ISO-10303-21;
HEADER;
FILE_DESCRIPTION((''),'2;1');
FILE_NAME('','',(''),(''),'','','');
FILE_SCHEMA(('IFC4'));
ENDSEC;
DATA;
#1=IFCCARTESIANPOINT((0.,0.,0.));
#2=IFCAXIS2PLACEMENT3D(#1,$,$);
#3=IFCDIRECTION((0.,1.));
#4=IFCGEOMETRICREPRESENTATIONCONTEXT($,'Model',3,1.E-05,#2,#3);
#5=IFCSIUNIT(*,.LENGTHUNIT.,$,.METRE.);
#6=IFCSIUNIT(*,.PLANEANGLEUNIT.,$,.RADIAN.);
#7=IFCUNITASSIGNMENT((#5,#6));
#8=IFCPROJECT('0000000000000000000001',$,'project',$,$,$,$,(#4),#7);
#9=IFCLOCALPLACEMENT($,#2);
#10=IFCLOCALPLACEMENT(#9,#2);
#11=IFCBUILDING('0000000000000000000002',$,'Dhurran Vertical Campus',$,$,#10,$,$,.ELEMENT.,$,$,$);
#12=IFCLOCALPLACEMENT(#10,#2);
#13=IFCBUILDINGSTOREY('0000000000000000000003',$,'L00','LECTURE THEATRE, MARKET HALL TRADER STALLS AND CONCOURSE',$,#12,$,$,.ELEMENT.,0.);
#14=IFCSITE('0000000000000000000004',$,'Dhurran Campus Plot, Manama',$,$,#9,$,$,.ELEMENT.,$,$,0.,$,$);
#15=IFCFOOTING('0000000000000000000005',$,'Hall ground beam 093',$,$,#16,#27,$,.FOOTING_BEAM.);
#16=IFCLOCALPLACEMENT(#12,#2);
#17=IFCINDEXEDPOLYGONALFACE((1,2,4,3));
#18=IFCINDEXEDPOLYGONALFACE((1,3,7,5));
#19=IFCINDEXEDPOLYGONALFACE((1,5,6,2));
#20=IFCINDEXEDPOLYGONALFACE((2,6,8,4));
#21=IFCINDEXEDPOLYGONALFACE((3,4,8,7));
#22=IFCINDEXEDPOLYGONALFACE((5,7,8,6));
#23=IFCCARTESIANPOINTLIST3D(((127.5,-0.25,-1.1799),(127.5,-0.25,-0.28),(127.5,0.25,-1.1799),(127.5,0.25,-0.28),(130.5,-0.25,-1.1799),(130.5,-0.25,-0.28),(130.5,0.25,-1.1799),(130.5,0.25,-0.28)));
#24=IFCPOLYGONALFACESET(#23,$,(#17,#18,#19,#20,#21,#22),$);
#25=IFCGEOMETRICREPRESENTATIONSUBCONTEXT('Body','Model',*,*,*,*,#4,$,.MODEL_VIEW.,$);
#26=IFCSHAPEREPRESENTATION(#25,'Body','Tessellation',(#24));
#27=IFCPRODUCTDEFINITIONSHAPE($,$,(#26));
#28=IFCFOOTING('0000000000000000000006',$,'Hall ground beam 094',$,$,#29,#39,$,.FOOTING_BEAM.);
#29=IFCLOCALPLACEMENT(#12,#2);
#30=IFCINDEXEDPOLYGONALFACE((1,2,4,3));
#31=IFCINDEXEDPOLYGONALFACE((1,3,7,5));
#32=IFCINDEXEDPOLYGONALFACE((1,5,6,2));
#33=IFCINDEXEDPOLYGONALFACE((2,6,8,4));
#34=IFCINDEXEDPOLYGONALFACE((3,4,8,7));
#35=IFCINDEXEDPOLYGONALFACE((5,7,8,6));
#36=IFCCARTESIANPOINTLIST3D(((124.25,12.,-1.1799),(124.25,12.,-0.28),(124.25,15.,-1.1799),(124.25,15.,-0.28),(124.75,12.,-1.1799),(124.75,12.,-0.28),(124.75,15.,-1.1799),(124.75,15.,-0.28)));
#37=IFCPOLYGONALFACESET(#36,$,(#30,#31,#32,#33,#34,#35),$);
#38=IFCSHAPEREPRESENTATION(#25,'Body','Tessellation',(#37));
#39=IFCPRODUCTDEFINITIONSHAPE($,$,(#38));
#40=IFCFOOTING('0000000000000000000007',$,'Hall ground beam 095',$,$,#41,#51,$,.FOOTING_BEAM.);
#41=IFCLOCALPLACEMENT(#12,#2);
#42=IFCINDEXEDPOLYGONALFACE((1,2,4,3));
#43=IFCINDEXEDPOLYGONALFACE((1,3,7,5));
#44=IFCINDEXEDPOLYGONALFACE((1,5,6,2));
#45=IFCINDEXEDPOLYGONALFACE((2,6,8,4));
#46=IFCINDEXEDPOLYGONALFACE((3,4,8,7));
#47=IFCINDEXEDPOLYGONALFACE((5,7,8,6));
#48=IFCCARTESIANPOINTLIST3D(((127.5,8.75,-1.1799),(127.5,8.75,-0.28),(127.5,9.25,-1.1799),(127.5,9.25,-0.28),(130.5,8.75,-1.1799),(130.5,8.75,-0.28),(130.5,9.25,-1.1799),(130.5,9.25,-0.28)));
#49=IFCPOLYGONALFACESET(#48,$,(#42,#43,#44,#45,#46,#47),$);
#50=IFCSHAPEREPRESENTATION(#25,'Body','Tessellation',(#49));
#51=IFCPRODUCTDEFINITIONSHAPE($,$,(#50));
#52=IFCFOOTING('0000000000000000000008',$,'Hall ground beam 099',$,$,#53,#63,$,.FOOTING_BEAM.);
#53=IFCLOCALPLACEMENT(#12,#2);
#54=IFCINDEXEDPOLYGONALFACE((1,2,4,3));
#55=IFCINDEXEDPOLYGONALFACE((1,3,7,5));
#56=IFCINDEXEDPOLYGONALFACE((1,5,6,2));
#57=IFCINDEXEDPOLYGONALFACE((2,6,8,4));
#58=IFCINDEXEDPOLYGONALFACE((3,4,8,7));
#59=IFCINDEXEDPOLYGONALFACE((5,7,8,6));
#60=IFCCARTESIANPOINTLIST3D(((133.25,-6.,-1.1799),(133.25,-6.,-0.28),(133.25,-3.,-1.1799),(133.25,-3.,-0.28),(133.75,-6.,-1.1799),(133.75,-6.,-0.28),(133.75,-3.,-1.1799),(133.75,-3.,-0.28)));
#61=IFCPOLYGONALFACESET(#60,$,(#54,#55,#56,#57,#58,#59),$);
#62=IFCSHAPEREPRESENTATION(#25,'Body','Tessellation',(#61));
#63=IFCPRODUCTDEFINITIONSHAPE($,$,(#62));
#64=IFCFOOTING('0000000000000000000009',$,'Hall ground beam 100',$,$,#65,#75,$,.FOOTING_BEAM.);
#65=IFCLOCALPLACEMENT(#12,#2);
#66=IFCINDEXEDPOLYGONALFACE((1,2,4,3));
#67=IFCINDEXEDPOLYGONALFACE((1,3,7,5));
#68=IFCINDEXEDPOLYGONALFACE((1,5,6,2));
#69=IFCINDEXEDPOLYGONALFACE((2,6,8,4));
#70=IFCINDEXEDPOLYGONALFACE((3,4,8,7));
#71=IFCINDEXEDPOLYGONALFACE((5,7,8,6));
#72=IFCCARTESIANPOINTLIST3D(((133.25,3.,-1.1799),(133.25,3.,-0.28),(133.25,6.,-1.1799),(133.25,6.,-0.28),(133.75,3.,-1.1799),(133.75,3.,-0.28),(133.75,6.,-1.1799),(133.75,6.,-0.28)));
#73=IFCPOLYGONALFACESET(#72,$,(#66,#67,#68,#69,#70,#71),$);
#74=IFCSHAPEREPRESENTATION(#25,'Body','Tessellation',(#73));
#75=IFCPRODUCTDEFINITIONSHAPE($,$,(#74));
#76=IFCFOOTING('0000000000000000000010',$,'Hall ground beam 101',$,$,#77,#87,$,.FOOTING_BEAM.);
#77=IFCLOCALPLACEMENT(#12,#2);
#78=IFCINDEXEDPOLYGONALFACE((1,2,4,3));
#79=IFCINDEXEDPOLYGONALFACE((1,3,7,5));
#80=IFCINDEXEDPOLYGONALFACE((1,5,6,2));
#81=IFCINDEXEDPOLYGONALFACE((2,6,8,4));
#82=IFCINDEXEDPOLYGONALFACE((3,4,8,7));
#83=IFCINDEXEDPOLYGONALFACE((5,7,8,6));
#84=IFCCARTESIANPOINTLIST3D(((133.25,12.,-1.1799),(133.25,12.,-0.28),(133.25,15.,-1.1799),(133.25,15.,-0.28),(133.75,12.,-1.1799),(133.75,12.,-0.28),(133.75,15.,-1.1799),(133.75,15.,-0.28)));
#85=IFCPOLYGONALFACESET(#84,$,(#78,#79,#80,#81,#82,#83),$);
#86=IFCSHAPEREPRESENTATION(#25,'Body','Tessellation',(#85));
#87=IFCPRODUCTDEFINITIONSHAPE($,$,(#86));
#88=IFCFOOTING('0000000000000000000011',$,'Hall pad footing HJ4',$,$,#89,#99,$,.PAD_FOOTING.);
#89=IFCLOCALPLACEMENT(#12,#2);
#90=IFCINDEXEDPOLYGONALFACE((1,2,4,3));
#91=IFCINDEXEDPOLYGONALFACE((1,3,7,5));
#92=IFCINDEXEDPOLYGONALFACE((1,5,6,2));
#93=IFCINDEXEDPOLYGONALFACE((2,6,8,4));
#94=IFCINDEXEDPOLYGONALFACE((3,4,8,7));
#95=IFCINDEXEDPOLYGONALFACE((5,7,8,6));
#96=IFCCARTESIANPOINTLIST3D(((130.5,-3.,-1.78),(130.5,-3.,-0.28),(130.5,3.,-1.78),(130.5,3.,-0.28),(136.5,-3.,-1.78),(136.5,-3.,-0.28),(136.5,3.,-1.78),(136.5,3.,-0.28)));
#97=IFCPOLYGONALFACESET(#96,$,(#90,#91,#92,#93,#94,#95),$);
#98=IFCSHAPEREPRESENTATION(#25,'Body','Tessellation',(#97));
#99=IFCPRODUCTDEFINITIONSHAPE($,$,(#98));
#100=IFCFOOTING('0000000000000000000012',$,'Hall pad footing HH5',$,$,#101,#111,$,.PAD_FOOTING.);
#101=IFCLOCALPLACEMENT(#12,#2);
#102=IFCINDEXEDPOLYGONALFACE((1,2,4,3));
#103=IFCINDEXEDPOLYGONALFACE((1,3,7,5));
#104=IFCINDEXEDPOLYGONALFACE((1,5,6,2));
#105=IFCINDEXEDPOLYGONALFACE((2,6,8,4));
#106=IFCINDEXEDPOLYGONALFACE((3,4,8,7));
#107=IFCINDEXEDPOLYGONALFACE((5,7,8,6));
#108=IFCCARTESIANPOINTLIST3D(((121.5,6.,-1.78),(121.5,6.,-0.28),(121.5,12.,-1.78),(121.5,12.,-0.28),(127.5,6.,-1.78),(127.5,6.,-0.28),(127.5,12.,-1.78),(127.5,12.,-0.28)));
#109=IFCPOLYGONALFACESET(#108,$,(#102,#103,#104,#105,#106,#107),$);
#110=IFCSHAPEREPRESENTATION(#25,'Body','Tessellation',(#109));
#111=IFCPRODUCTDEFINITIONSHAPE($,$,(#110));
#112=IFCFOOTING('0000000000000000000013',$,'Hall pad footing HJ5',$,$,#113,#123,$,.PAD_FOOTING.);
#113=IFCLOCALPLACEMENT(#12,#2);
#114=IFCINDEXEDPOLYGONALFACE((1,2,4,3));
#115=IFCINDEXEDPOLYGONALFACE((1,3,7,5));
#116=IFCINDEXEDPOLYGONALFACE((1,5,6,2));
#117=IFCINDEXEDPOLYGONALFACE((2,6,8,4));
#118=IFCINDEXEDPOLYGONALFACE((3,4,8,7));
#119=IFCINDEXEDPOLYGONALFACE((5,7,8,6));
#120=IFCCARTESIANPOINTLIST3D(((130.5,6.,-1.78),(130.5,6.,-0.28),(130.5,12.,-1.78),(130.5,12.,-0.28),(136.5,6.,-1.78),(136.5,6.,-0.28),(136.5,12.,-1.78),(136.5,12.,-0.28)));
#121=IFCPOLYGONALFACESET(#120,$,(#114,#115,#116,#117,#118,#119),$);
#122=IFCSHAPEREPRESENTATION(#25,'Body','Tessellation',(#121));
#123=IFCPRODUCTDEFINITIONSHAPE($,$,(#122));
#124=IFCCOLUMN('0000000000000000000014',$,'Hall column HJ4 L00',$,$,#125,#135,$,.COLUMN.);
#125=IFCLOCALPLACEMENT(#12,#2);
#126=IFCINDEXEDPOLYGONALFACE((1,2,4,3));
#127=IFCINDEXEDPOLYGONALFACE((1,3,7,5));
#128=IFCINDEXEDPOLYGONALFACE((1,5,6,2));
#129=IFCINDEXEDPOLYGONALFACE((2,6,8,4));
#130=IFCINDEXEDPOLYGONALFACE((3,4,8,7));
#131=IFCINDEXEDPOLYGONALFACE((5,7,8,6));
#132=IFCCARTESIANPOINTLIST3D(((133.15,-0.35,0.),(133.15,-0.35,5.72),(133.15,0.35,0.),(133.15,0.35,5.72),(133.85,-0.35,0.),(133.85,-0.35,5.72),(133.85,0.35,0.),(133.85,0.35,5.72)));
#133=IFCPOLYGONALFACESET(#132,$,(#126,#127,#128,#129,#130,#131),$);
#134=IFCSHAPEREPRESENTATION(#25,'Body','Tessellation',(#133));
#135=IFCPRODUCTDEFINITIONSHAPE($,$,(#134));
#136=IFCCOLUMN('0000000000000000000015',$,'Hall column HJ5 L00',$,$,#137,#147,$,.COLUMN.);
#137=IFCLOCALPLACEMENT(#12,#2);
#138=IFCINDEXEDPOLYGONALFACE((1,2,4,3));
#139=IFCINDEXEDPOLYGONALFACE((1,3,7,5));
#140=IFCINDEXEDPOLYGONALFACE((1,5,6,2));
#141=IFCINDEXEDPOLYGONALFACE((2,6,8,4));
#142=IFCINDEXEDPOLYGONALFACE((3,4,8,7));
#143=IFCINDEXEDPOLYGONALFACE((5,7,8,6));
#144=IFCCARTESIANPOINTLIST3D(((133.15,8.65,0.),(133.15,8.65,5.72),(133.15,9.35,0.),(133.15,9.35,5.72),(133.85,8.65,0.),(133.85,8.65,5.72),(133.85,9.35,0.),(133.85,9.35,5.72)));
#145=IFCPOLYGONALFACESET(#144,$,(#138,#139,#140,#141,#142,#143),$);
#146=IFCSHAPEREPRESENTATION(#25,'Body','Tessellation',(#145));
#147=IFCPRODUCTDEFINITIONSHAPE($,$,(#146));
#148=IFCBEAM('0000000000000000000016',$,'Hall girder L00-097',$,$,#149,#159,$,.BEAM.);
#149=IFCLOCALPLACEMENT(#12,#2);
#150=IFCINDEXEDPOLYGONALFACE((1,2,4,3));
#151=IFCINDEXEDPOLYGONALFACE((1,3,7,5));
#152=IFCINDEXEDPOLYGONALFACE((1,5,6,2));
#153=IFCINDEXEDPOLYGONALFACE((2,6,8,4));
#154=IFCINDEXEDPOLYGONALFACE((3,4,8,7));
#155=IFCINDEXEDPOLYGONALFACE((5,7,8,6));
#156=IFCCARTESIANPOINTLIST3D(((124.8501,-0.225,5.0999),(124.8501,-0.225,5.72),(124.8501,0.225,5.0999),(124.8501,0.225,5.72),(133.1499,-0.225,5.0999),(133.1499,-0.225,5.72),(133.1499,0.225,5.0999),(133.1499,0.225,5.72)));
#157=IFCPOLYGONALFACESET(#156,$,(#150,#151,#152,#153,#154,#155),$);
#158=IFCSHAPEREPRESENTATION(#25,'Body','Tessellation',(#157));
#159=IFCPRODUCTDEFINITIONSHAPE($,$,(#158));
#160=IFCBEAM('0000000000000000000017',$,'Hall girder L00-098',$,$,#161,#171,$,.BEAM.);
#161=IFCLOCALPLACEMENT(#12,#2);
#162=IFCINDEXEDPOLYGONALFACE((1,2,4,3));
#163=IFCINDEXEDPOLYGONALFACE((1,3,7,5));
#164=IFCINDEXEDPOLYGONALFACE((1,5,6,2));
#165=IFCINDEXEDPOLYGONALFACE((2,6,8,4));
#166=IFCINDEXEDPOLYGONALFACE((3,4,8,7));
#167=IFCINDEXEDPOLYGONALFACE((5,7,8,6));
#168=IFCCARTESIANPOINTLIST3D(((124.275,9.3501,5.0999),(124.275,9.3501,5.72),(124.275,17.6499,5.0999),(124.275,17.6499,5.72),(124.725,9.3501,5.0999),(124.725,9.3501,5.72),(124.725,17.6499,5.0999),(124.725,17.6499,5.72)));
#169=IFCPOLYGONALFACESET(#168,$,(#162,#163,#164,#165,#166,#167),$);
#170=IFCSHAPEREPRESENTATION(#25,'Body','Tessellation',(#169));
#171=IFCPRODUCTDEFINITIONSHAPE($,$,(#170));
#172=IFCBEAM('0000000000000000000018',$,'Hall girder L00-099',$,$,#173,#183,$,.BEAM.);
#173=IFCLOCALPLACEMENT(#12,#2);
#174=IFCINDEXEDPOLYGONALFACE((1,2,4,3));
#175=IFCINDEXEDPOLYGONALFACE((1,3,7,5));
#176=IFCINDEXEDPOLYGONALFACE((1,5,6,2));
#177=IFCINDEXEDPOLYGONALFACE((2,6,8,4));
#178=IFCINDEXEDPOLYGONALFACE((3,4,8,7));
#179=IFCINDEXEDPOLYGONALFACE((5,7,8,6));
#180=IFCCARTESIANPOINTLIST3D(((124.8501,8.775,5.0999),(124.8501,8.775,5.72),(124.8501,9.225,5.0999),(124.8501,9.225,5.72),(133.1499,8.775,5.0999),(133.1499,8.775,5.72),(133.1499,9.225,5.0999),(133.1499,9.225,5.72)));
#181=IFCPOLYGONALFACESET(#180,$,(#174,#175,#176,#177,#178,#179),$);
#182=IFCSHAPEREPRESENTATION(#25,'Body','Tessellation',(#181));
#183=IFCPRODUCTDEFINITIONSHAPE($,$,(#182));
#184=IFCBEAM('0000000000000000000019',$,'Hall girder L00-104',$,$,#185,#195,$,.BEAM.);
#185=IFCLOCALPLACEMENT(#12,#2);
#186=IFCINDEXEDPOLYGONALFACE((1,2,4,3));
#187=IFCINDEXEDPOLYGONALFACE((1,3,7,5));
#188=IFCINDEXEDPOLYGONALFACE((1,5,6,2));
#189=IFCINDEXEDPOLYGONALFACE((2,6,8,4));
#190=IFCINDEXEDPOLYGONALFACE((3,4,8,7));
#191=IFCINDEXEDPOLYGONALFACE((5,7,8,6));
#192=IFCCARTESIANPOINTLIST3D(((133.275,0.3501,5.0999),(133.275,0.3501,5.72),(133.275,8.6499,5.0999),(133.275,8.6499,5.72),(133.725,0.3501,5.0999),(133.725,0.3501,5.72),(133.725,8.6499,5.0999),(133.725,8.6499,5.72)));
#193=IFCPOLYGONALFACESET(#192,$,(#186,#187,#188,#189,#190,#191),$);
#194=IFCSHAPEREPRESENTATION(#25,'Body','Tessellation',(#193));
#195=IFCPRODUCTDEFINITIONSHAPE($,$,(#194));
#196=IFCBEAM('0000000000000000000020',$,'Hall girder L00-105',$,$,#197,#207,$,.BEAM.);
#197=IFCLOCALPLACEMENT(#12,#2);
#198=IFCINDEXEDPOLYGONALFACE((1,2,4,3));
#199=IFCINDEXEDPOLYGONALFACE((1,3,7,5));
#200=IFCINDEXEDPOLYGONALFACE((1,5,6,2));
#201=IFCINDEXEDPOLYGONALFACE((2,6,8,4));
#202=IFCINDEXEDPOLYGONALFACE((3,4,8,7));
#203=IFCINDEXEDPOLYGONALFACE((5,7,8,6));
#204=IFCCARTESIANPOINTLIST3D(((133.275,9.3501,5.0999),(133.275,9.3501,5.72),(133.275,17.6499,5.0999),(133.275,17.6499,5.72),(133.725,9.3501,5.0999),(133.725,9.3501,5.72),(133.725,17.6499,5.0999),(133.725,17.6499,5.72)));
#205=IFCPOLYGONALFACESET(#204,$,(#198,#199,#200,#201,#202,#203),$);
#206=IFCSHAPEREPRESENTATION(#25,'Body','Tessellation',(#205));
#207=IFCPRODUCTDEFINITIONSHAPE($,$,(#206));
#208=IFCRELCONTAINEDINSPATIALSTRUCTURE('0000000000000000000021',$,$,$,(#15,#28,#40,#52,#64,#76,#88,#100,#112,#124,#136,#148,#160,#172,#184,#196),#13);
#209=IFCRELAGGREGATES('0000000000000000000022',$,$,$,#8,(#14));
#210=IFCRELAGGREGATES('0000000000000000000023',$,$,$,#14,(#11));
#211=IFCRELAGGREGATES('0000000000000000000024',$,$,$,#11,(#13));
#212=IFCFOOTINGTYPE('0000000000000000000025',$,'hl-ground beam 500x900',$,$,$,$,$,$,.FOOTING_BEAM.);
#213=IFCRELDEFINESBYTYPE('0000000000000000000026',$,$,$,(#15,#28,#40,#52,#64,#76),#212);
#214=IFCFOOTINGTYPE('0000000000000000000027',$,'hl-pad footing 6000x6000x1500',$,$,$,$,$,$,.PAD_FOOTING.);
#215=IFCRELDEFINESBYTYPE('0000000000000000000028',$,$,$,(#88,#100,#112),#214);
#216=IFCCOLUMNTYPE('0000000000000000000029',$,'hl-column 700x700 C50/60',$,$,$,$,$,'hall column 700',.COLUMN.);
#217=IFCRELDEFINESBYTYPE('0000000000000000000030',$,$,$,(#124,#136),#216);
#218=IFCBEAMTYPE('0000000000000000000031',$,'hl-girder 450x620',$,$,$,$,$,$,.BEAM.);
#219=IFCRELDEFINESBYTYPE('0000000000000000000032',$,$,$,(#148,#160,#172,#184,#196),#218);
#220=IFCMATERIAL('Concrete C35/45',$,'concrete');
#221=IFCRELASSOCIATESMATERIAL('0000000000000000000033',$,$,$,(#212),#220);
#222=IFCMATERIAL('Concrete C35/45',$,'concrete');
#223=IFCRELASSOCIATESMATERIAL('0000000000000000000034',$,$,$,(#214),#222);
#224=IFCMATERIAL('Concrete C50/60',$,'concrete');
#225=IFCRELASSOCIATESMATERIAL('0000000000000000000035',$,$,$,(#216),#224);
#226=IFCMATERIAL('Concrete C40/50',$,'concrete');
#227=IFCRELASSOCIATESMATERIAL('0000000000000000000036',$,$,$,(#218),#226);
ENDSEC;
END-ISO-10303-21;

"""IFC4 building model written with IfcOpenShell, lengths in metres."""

from ifc_helpers import new_model, si_unit, direction, frame, origin, origin_2d, place, context, subcontext, project, spatial, rectangle, extrude, material, material_profile, profile_set, type_object, element, save


model = new_model("IFC4")

# Units and contexts
model_context = context("Model", 3, precision=1e-05, world=origin(), true_north=direction((0.0, 1.0)))
body_context = subcontext(model_context, "Body", "Model", "MODEL_VIEW")
ifc_project = project(units=[si_unit("LENGTHUNIT", "METRE"), si_unit("PLANEANGLEUNIT", "RADIAN")], contexts=[model_context])

# Site, building, storey
site_placement = place(None, origin())
site = spatial("IfcSite", under=ifc_project, at=site_placement, Name="Dhurran Campus Plot, Manama", CompositionType="ELEMENT", RefElevation=0.0)
building_placement = place(site_placement, origin())
building = spatial("IfcBuilding", under=site, at=building_placement, Name="Dhurran Vertical Campus", CompositionType="ELEMENT")
storey_placement = place(building_placement, origin())
storey = spatial("IfcBuildingStorey", under=building, at=storey_placement, Name="L00", Description="LECTURE THEATRE, MARKET HALL TRADER STALLS AND CONCOURSE", CompositionType="ELEMENT", Elevation=0.0)

# Footings
ifc_material_1 = material(Name="Concrete C35/45", Category="concrete")
ifc_material_profile_1 = material_profile(ifc_material_1, rectangle(XDim=0.5, YDim=0.8999, at=origin_2d()), Name="hl-ground beam 500x900")
ifc_profile_set_1 = profile_set([ifc_material_profile_1], Name="Concrete C35/45")
footing_type_1 = type_object("IfcFootingType", Name="hl-ground beam 500x900", PredefinedType="FOOTING_BEAM", material=ifc_profile_set_1)
for number, where, z_axis, x_axis, name in (
    (1, (127.5, 0.0, -0.73), (1.0, 0.0, 0.0), (0.0, 1.0, 0.0), "Hall ground beam 093"),
    (2, (124.5, 12.0, -0.73), (0.0, 1.0, 0.0), (-1.0, 0.0, 0.0), "Hall ground beam 094"),
    (3, (127.5, 9.0, -0.73), (1.0, 0.0, 0.0), (0.0, 1.0, 0.0), "Hall ground beam 095"),
    (4, (133.5, -6.0, -0.73), (0.0, 1.0, 0.0), (-1.0, 0.0, 0.0), "Hall ground beam 099"),
    (5, (133.5, 3.0, -0.73), (0.0, 1.0, 0.0), (-1.0, 0.0, 0.0), "Hall ground beam 100"),
    (6, (133.5, 12.0, -0.73), (0.0, 1.0, 0.0), (-1.0, 0.0, 0.0), "Hall ground beam 101"),
):
    element("IfcFooting", number, at=place(storey_placement, frame(where, z_axis=z_axis, x_axis=x_axis)), inside=storey, type_object=footing_type_1, Name=name, PredefinedType="FOOTING_BEAM", context=body_context, shape_type="SweptSolid", body=[
        extrude(rectangle(XDim=0.5, YDim=0.8999, at=origin_2d()), origin(), (0.0, 0.0, 1.0), 3.0),
    ])
ifc_material_2 = material(Name="Concrete C35/45", Category="concrete")
footing_type_2 = type_object("IfcFootingType", Name="hl-pad footing 6000x6000x1500", PredefinedType="PAD_FOOTING", material=ifc_material_2)
for number, where, z_axis, x_axis, name in (
    (7, (133.5, 0.0, -1.78), (0.0, 0.0, 1.0), (1.0, 0.0, 0.0), "Hall pad footing HJ4"),
    (8, (124.5, 9.0, -1.78), (0.0, 0.0, 1.0), (1.0, 0.0, 0.0), "Hall pad footing HH5"),
    (9, (133.5, 9.0, -1.78), (0.0, 0.0, 1.0), (1.0, 0.0, 0.0), "Hall pad footing HJ5"),
):
    element("IfcFooting", number, at=place(storey_placement, frame(where, z_axis=z_axis, x_axis=x_axis)), inside=storey, type_object=footing_type_2, Name=name, PredefinedType="PAD_FOOTING", context=body_context, shape_type="SweptSolid", body=[
        extrude(rectangle(XDim=6.0, YDim=6.0, at=origin_2d()), origin(), (0.0, 0.0, 1.0), 1.5),
    ])

# Columns
ifc_material_3 = material(Name="Concrete C50/60", Category="concrete")
ifc_material_profile_2 = material_profile(ifc_material_3, rectangle(XDim=0.7, YDim=0.7, at=origin_2d()), Name="hl-column 700x700 C50/60")
ifc_profile_set_2 = profile_set([ifc_material_profile_2], Name="Concrete C50/60")
column_type = type_object("IfcColumnType", Name="hl-column 700x700 C50/60", ElementType="hall column 700", PredefinedType="COLUMN", material=ifc_profile_set_2)
for number, where, z_axis, x_axis, name in (
    (10, (133.5, 0.0, 0.0), (0.0, 0.0, 1.0), (1.0, 0.0, 0.0), "Hall column HJ4 L00"),
    (11, (133.5, 9.0, 0.0), (0.0, 0.0, 1.0), (1.0, 0.0, 0.0), "Hall column HJ5 L00"),
):
    element("IfcColumn", number, at=place(storey_placement, frame(where, z_axis=z_axis, x_axis=x_axis)), inside=storey, type_object=column_type, Name=name, PredefinedType="COLUMN", context=body_context, shape_type="SweptSolid", body=[
        extrude(rectangle(XDim=0.7, YDim=0.7, at=origin_2d()), origin(), (0.0, 0.0, 1.0), 5.72),
    ])

# Beams
ifc_material_4 = material(Name="Concrete C40/50", Category="concrete")
ifc_material_profile_3 = material_profile(ifc_material_4, rectangle(XDim=0.45, YDim=0.6201, at=origin_2d()), Name="hl-girder 450x620")
ifc_profile_set_3 = profile_set([ifc_material_profile_3], Name="Concrete C40/50")
beam_type = type_object("IfcBeamType", Name="hl-girder 450x620", PredefinedType="BEAM", material=ifc_profile_set_3)
for number, where, z_axis, x_axis, name in (
    (12, (124.8501, 0.0, 5.4099), (1.0, 0.0, 0.0), (0.0, 1.0, 0.0), "Hall girder L00-097"),
    (13, (124.5, 9.3501, 5.4099), (0.0, 1.0, 0.0), (-1.0, 0.0, 0.0), "Hall girder L00-098"),
    (14, (124.8501, 9.0, 5.4099), (1.0, 0.0, 0.0), (0.0, 1.0, 0.0), "Hall girder L00-099"),
    (15, (133.5, 0.3501, 5.4099), (0.0, 1.0, 0.0), (-1.0, 0.0, 0.0), "Hall girder L00-104"),
    (16, (133.5, 9.3501, 5.4099), (0.0, 1.0, 0.0), (-1.0, 0.0, 0.0), "Hall girder L00-105"),
):
    element("IfcBeam", number, at=place(storey_placement, frame(where, z_axis=z_axis, x_axis=x_axis)), inside=storey, type_object=beam_type, Name=name, PredefinedType="BEAM", context=body_context, shape_type="SweptSolid", body=[
        extrude(rectangle(XDim=0.45, YDim=0.6201, at=origin_2d()), origin(), (0.0, 0.0, 1.0), 8.2998),
    ])

save(model, "model.ifc")
